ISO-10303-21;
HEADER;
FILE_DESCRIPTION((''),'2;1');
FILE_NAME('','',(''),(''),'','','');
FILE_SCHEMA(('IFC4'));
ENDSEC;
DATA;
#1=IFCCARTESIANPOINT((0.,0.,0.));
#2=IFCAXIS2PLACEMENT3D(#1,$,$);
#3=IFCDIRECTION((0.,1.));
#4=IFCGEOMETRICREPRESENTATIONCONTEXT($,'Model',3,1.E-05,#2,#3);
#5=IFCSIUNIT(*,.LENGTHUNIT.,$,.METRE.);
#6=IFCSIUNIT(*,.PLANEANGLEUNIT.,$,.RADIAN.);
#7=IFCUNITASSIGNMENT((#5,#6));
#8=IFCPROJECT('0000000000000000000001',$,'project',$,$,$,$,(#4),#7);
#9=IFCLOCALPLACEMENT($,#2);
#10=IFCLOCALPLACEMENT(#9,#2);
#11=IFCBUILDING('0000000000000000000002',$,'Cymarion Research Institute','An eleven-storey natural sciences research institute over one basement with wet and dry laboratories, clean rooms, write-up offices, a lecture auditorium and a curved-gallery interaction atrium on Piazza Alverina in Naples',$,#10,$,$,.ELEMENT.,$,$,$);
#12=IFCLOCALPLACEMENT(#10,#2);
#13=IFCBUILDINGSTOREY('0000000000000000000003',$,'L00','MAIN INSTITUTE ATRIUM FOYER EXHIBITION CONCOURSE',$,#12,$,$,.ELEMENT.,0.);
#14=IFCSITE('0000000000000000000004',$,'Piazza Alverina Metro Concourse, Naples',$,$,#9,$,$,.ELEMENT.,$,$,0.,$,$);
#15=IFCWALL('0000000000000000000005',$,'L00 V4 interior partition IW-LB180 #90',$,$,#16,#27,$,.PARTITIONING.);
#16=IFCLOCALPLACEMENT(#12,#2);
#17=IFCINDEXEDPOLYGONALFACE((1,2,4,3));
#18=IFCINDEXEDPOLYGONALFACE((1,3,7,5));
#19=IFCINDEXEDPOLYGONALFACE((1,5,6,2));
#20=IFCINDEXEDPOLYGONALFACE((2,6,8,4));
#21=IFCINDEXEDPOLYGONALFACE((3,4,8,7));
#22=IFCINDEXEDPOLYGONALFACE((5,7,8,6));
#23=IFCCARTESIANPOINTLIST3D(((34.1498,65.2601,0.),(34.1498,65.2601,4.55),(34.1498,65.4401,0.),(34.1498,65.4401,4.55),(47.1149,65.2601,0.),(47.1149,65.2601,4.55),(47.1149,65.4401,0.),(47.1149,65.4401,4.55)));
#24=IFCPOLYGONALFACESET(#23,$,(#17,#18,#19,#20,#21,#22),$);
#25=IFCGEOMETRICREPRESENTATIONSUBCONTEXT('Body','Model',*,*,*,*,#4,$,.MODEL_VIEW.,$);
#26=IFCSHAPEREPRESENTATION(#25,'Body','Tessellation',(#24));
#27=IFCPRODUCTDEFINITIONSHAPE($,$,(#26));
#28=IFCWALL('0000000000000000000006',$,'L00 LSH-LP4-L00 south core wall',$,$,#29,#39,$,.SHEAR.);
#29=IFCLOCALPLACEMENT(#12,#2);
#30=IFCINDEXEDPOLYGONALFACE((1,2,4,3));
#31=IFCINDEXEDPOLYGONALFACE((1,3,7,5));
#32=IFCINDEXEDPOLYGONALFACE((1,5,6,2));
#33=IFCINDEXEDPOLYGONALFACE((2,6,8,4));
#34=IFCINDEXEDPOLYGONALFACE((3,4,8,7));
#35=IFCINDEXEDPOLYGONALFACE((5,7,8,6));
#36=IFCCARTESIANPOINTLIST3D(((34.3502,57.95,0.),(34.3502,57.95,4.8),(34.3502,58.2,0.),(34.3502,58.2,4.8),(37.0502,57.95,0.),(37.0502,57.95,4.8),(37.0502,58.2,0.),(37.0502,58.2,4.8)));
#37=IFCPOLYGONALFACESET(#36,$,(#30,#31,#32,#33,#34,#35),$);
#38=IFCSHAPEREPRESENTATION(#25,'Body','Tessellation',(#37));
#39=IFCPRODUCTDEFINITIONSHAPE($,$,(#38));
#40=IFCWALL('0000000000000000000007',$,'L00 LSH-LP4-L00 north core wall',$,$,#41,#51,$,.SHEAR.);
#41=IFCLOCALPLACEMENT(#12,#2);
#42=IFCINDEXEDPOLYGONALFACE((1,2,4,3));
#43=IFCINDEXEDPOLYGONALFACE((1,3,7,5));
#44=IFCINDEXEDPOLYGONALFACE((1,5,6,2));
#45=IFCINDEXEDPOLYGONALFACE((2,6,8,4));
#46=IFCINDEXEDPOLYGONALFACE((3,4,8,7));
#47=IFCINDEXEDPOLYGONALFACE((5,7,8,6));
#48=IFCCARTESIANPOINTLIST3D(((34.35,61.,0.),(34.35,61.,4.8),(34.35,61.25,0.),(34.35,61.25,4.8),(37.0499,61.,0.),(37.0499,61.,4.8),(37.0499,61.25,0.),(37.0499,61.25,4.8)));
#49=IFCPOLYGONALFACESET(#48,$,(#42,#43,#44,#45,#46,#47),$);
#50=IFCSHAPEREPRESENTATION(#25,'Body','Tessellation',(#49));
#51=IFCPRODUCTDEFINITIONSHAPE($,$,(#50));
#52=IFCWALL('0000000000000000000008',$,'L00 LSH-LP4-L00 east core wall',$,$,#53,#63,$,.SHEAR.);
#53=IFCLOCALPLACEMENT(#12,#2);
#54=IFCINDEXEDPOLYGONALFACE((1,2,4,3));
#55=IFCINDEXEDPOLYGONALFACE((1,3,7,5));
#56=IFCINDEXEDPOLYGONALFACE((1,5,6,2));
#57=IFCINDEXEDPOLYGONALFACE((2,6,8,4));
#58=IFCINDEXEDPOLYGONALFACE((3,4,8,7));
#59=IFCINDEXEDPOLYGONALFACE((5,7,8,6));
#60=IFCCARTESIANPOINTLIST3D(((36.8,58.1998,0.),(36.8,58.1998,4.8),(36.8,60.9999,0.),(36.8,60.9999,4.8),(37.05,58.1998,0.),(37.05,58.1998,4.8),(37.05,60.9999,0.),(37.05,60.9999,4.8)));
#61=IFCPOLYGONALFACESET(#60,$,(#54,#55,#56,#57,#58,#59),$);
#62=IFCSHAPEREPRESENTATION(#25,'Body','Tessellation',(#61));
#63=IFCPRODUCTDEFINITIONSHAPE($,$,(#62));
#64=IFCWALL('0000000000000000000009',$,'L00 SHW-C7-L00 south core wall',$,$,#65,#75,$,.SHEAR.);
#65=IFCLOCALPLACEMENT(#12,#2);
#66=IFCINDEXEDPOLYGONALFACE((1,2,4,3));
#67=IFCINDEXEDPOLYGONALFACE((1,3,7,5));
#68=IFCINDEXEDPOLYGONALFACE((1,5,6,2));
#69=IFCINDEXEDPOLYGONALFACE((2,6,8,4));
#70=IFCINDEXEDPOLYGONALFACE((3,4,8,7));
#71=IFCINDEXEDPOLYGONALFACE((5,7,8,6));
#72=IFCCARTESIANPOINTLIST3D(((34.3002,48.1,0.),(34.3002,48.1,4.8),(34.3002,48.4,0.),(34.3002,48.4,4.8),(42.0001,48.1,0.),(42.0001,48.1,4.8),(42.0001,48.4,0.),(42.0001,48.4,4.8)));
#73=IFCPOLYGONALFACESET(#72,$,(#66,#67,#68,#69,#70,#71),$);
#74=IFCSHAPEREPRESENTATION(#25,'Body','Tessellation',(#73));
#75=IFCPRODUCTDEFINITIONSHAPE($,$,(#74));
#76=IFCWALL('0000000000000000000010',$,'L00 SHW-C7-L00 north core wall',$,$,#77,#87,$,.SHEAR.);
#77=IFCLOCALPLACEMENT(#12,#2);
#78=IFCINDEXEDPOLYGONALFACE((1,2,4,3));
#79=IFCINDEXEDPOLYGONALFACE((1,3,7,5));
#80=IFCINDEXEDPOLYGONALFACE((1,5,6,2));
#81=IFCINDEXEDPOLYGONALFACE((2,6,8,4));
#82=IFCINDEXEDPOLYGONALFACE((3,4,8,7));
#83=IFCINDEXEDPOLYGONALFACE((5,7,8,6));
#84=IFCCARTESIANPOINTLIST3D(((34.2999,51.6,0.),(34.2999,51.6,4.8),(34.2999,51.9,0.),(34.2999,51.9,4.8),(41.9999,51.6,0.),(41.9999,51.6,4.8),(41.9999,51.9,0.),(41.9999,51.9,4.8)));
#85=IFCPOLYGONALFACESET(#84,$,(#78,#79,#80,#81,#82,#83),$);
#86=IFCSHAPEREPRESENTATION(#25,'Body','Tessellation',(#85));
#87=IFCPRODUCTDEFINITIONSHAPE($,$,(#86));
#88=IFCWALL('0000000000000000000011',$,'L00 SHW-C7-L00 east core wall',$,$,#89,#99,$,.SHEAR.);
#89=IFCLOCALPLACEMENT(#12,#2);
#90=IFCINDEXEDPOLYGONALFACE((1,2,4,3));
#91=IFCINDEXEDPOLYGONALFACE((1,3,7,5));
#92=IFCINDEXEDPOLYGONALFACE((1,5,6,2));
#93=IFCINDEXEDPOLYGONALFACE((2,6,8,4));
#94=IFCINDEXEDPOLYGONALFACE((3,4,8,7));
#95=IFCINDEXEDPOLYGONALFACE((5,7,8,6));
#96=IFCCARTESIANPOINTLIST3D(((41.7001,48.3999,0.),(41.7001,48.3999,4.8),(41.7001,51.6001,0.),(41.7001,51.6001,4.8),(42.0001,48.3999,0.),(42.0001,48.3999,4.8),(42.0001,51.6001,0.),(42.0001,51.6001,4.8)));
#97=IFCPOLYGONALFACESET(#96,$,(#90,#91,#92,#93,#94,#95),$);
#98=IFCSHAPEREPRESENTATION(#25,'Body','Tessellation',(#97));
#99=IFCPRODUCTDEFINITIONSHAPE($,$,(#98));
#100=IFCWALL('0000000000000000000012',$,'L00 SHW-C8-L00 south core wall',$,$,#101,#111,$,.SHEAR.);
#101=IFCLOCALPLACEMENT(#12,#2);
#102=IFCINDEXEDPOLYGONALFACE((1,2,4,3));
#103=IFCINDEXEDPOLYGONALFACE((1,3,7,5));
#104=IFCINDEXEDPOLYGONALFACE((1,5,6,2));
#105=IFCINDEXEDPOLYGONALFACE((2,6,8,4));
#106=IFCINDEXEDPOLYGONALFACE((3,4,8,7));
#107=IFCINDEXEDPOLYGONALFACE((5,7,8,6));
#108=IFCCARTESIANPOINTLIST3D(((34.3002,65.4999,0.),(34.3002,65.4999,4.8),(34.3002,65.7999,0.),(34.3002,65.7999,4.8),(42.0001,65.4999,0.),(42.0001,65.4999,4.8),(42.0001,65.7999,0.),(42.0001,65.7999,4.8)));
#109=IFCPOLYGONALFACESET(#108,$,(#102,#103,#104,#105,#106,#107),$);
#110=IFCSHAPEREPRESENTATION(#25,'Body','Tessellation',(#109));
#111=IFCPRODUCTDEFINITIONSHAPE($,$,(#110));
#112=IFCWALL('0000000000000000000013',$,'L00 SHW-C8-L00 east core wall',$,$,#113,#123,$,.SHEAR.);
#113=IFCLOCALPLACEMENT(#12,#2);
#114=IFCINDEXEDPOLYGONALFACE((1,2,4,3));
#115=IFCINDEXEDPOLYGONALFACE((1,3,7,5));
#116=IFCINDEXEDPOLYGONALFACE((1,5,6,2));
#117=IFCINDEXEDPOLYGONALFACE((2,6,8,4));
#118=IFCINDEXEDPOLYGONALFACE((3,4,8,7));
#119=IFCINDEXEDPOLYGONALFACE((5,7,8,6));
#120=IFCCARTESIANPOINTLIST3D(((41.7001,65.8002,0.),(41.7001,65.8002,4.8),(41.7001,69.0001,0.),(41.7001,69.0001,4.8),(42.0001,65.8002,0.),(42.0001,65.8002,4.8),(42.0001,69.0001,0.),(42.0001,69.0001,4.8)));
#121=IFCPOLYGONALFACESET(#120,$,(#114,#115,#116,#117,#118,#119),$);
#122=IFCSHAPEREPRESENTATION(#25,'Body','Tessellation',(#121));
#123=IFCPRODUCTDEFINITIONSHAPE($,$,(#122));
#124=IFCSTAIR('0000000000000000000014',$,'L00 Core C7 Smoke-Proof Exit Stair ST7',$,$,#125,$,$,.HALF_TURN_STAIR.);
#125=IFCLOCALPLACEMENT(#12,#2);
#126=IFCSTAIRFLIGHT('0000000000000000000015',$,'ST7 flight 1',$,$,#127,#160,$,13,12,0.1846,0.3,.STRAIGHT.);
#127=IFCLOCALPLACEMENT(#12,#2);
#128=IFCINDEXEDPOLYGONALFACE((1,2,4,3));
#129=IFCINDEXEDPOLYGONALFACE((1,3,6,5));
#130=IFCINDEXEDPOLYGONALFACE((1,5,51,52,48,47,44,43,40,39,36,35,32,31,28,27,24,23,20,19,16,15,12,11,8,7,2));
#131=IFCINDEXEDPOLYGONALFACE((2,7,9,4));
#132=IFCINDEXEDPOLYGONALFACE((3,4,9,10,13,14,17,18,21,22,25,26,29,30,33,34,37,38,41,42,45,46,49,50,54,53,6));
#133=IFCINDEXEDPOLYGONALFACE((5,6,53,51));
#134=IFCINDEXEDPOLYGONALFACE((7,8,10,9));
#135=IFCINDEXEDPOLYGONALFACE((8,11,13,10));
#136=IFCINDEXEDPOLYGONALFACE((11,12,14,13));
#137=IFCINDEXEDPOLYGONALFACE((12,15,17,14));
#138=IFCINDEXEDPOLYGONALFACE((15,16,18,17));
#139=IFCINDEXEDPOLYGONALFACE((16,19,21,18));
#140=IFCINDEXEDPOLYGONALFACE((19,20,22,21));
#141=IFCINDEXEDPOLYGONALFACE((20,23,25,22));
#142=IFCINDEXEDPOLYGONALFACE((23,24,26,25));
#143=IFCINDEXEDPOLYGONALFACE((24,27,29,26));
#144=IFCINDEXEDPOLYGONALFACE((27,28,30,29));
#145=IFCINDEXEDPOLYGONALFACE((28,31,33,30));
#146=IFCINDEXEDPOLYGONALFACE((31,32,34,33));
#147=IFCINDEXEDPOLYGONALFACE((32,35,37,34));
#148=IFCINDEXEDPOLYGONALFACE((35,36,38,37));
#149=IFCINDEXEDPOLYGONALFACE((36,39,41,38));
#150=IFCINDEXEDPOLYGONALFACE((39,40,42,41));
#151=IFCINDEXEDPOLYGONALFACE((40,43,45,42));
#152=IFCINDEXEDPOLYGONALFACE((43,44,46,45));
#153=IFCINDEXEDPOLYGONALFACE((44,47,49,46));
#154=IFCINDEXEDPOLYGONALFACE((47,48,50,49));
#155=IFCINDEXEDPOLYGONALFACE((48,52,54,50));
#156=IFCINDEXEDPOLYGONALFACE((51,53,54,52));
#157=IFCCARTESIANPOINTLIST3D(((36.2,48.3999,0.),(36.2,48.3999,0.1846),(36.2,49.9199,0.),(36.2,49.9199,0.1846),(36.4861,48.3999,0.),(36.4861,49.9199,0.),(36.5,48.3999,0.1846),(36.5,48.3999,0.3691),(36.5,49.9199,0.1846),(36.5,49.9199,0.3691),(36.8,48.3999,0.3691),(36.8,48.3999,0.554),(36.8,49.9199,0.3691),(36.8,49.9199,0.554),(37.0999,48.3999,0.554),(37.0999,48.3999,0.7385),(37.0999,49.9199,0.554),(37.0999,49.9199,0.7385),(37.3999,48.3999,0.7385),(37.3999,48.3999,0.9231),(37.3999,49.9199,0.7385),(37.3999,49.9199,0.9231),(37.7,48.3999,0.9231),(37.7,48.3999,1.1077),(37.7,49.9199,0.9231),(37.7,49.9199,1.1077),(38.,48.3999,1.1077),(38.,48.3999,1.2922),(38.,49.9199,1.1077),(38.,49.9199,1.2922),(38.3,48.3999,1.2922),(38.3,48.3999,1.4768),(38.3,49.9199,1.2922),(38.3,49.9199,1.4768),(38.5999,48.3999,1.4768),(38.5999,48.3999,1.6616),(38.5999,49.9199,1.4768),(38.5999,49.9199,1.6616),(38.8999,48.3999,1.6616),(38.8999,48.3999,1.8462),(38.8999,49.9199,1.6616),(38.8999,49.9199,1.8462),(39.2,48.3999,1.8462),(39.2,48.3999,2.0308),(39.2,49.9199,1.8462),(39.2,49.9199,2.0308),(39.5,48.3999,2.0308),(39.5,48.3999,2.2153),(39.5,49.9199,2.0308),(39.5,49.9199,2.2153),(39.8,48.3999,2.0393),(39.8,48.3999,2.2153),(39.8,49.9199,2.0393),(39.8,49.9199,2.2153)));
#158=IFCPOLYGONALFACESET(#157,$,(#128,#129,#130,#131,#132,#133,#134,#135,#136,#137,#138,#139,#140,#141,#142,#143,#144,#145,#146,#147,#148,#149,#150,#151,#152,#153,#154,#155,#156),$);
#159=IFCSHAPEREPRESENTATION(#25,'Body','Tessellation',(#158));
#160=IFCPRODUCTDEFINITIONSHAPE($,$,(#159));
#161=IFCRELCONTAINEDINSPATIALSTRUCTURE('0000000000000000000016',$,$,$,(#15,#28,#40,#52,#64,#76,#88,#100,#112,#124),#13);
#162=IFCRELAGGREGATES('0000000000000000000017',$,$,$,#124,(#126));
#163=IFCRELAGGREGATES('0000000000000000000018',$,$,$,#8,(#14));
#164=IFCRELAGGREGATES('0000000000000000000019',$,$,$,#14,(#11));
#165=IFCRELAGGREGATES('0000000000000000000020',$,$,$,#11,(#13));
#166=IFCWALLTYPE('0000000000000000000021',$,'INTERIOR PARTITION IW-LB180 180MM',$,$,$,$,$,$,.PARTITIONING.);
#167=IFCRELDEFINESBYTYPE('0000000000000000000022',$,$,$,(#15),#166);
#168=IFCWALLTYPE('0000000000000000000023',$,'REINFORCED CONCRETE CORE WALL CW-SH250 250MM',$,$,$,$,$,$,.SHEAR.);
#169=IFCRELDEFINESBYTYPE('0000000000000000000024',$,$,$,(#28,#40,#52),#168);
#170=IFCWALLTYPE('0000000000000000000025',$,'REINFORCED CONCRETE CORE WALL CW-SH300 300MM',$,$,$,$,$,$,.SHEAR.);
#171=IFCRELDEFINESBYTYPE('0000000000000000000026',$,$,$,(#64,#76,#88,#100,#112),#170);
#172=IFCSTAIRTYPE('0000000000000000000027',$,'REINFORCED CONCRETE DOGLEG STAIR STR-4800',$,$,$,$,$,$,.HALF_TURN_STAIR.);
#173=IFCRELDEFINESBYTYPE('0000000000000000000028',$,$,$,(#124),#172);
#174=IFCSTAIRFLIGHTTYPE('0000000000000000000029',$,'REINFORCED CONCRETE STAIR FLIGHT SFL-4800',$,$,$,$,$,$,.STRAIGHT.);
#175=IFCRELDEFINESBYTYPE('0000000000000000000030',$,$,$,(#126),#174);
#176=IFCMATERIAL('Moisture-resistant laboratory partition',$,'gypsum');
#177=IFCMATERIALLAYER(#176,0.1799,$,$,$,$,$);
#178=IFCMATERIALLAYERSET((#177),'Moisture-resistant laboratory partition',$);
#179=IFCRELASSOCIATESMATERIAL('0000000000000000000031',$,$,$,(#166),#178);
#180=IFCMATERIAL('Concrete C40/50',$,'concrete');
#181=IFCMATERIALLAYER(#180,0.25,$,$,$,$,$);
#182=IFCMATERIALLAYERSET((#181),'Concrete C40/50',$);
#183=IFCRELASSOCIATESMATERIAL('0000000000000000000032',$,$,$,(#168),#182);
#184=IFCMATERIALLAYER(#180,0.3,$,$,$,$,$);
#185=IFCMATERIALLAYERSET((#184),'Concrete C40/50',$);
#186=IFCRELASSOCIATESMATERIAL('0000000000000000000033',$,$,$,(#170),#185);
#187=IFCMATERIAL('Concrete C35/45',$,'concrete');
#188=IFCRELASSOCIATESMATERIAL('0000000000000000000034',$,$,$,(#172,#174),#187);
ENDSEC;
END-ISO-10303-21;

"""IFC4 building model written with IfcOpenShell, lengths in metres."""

from ifc_helpers import new_model, si_unit, direction, frame, frame_2d, origin, place, context, subcontext, project, spatial, polyline, rectangle, outline, extrude, material, layer, layer_set, type_object, element, aggregate, save


model = new_model("IFC4")

# Units and contexts
model_context = context("Model", 3, precision=1e-05, world=origin(), true_north=direction((0.0, 1.0)))
body_context = subcontext(model_context, "Body", "Model", "MODEL_VIEW")
ifc_project = project(units=[si_unit("LENGTHUNIT", "METRE"), si_unit("PLANEANGLEUNIT", "RADIAN")], contexts=[model_context])

# Site, building, storey
site_placement = place(None, origin())
site = spatial("IfcSite", under=ifc_project, at=site_placement, Name="Piazza Alverina Metro Concourse, Naples", CompositionType="ELEMENT", RefElevation=0.0)
building_placement = place(site_placement, origin())
building = spatial("IfcBuilding", under=site, at=building_placement, Name="Cymarion Research Institute", Description="An eleven-storey natural sciences research institute over one basement with wet and dry laboratories, clean rooms, write-up offices, a lecture auditorium and a curved-gallery interaction atrium on Piazza Alverina in Naples", CompositionType="ELEMENT")
storey_placement = place(building_placement, origin())
storey = spatial("IfcBuildingStorey", under=building, at=storey_placement, Name="L00", Description="MAIN INSTITUTE ATRIUM FOYER EXHIBITION CONCOURSE", CompositionType="ELEMENT", Elevation=0.0)

# Walls
ifc_material_1 = material(Name="Moisture-resistant laboratory partition", Category="gypsum")
ifc_layer_1 = layer(ifc_material_1, 0.1799)
ifc_layer_set_1 = layer_set([ifc_layer_1], Name="Moisture-resistant laboratory partition")
wall_type_1 = type_object("IfcWallType", Name="INTERIOR PARTITION IW-LB180 180MM", PredefinedType="PARTITIONING", material=ifc_layer_set_1)
wall_1_placement = place(storey_placement, frame((34.1499, 65.3501, 0.0), z_axis=(0.0, 0.0, 1.0), x_axis=(1.0, 0.0, 0.0)))
element("IfcWall", 1, at=wall_1_placement, inside=storey, type_object=wall_type_1, Name="L00 V4 interior partition IW-LB180 #90", PredefinedType="PARTITIONING", context=body_context, shape_type="SweptSolid", body=[
    extrude(rectangle(XDim=12.9651, YDim=0.1799, at=frame_2d((6.4824, 0.0))), origin(), (0.0, 0.0, 1.0), 4.55),
])
ifc_material_2 = material(Name="Concrete C40/50", Category="concrete")
ifc_layer_2 = layer(ifc_material_2, 0.25)
ifc_layer_set_2 = layer_set([ifc_layer_2], Name="Concrete C40/50")
wall_type_2 = type_object("IfcWallType", Name="REINFORCED CONCRETE CORE WALL CW-SH250 250MM", PredefinedType="SHEAR", material=ifc_layer_set_2)
for number, where, z_axis, x_axis, name in (
    (2, (34.3501, 58.075, 0.0), (0.0, 0.0, 1.0), (1.0, 0.0, 0.0), "L00 LSH-LP4-L00 south core wall"),
    (3, (37.05, 61.125, 0.0), (0.0, 0.0, 1.0), (-1.0, 0.0, 0.0), "L00 LSH-LP4-L00 north core wall"),
):
    element("IfcWall", number, at=place(storey_placement, frame(where, z_axis=z_axis, x_axis=x_axis)), inside=storey, type_object=wall_type_2, Name=name, PredefinedType="SHEAR", context=body_context, shape_type="SweptSolid", body=[
        extrude(rectangle(XDim=2.7, YDim=0.25, at=frame_2d((1.3501, 0.0))), origin(), (0.0, 0.0, 1.0), 4.8),
    ])

# Walls
wall_2_placement = place(storey_placement, frame((36.925, 58.2, 0.0), z_axis=(0.0, 0.0, 1.0), x_axis=(0.0, 1.0, 0.0)))
element("IfcWall", 4, at=wall_2_placement, inside=storey, type_object=wall_type_2, Name="L00 LSH-LP4-L00 east core wall", PredefinedType="SHEAR", context=body_context, shape_type="SweptSolid", body=[
    extrude(rectangle(XDim=2.8, YDim=0.25, at=frame_2d((1.3999, 0.0))), origin(), (0.0, 0.0, 1.0), 4.8),
])
ifc_layer_3 = layer(ifc_material_2, 0.3)
ifc_layer_set_3 = layer_set([ifc_layer_3], Name="Concrete C40/50")
wall_type_3 = type_object("IfcWallType", Name="REINFORCED CONCRETE CORE WALL CW-SH300 300MM", PredefinedType="SHEAR", material=ifc_layer_set_3)
for number, where, z_axis, x_axis, name in (
    (5, (34.3, 48.25, 0.0), (0.0, 0.0, 1.0), (1.0, 0.0, 0.0), "L00 SHW-C7-L00 south core wall"),
    (6, (42.0, 51.75, 0.0), (0.0, 0.0, 1.0), (-1.0, 0.0, 0.0), "L00 SHW-C7-L00 north core wall"),
):
    element("IfcWall", number, at=place(storey_placement, frame(where, z_axis=z_axis, x_axis=x_axis)), inside=storey, type_object=wall_type_3, Name=name, PredefinedType="SHEAR", context=body_context, shape_type="SweptSolid", body=[
        extrude(rectangle(XDim=7.7, YDim=0.3, at=frame_2d((3.8501, 0.0))), origin(), (0.0, 0.0, 1.0), 4.8),
    ])

# Walls
wall_3_placement = place(storey_placement, frame((41.8501, 48.3999, 0.0), z_axis=(0.0, 0.0, 1.0), x_axis=(0.0, 1.0, 0.0)))
element("IfcWall", 7, at=wall_3_placement, inside=storey, type_object=wall_type_3, Name="L00 SHW-C7-L00 east core wall", PredefinedType="SHEAR", context=body_context, shape_type="SweptSolid", body=[
    extrude(rectangle(XDim=3.2002, YDim=0.3, at=frame_2d((1.6001, 0.0))), origin(), (0.0, 0.0, 1.0), 4.8),
])
wall_4_placement = place(storey_placement, frame((34.3, 65.6499, 0.0), z_axis=(0.0, 0.0, 1.0), x_axis=(1.0, 0.0, 0.0)))
element("IfcWall", 8, at=wall_4_placement, inside=storey, type_object=wall_type_3, Name="L00 SHW-C8-L00 south core wall", PredefinedType="SHEAR", context=body_context, shape_type="SweptSolid", body=[
    extrude(rectangle(XDim=7.7, YDim=0.3, at=frame_2d((3.8501, 0.0))), origin(), (0.0, 0.0, 1.0), 4.8),
])
wall_5_placement = place(storey_placement, frame((41.8501, 65.8, 0.0), z_axis=(0.0, 0.0, 1.0), x_axis=(0.0, 1.0, 0.0)))
element("IfcWall", 9, at=wall_5_placement, inside=storey, type_object=wall_type_3, Name="L00 SHW-C8-L00 east core wall", PredefinedType="SHEAR", context=body_context, shape_type="SweptSolid", body=[
    extrude(rectangle(XDim=3.2, YDim=0.3, at=frame_2d((1.6001, 0.0))), origin(), (0.0, 0.0, 1.0), 4.8),
])

# Stair, stair flight
ifc_material_3 = material(Name="Concrete C35/45", Category="concrete")
stair_type = type_object("IfcStairType", Name="REINFORCED CONCRETE DOGLEG STAIR STR-4800", PredefinedType="HALF_TURN_STAIR", material=ifc_material_3)
stair_1_placement = place(storey_placement, origin())
stair_1 = element("IfcStair", 10, at=stair_1_placement, inside=storey, type_object=stair_type, Name="L00 Core C7 Smoke-Proof Exit Stair ST7", PredefinedType="HALF_TURN_STAIR")
stair_flight_type = type_object("IfcStairFlightType", Name="REINFORCED CONCRETE STAIR FLIGHT SFL-4800", PredefinedType="STRAIGHT", material=ifc_material_3)
stair_flight_1_placement = place(storey_placement, frame((36.2, 49.1599, 0.0), z_axis=(0.0, 0.0, 1.0), x_axis=(1.0, 0.0, 0.0)))
stair_flight_1 = element("IfcStairFlight", 11, at=stair_flight_1_placement, type_object=stair_flight_type, Name="ST7 flight 1", NumberOfRisers=13, NumberOfTreads=12, PredefinedType="STRAIGHT", RiserHeight=0.1846, TreadLength=0.3, context=body_context, shape_type="SweptSolid", body=[
    extrude(outline(polyline([(0.0, 0.0), (0.0, 0.1846), (0.3, 0.1846), (0.3, 0.3691), (0.6001, 0.3691), (0.6001, 0.554), (0.8999, 0.554), (0.8999, 0.7385), (1.2, 0.7385), (1.2, 0.9231), (1.5, 0.9231), (1.5, 1.1077), (1.8, 1.1077), (1.8, 1.2922), (2.1001, 1.2922), (2.1001, 1.4768), (2.3999, 1.4768), (2.3999, 1.6616), (2.7, 1.6616), (2.7, 1.8462), (3.0, 1.8462), (3.0, 2.0308), (3.3, 2.0308), (3.3, 2.2153), (3.6001, 2.2153), (3.6001, 2.3999), (3.6001, 2.0393), (0.2861, 0.0), (0.0, 0.0)])), frame((0.0, 0.76, 0.0), z_axis=(0.0, -1.0, 0.0), x_axis=(1.0, 0.0, 0.0)), (0.0, 0.0, 1.0), 1.52),
])
aggregate(stair_1, [stair_flight_1])

save(model, "model.ifc")
